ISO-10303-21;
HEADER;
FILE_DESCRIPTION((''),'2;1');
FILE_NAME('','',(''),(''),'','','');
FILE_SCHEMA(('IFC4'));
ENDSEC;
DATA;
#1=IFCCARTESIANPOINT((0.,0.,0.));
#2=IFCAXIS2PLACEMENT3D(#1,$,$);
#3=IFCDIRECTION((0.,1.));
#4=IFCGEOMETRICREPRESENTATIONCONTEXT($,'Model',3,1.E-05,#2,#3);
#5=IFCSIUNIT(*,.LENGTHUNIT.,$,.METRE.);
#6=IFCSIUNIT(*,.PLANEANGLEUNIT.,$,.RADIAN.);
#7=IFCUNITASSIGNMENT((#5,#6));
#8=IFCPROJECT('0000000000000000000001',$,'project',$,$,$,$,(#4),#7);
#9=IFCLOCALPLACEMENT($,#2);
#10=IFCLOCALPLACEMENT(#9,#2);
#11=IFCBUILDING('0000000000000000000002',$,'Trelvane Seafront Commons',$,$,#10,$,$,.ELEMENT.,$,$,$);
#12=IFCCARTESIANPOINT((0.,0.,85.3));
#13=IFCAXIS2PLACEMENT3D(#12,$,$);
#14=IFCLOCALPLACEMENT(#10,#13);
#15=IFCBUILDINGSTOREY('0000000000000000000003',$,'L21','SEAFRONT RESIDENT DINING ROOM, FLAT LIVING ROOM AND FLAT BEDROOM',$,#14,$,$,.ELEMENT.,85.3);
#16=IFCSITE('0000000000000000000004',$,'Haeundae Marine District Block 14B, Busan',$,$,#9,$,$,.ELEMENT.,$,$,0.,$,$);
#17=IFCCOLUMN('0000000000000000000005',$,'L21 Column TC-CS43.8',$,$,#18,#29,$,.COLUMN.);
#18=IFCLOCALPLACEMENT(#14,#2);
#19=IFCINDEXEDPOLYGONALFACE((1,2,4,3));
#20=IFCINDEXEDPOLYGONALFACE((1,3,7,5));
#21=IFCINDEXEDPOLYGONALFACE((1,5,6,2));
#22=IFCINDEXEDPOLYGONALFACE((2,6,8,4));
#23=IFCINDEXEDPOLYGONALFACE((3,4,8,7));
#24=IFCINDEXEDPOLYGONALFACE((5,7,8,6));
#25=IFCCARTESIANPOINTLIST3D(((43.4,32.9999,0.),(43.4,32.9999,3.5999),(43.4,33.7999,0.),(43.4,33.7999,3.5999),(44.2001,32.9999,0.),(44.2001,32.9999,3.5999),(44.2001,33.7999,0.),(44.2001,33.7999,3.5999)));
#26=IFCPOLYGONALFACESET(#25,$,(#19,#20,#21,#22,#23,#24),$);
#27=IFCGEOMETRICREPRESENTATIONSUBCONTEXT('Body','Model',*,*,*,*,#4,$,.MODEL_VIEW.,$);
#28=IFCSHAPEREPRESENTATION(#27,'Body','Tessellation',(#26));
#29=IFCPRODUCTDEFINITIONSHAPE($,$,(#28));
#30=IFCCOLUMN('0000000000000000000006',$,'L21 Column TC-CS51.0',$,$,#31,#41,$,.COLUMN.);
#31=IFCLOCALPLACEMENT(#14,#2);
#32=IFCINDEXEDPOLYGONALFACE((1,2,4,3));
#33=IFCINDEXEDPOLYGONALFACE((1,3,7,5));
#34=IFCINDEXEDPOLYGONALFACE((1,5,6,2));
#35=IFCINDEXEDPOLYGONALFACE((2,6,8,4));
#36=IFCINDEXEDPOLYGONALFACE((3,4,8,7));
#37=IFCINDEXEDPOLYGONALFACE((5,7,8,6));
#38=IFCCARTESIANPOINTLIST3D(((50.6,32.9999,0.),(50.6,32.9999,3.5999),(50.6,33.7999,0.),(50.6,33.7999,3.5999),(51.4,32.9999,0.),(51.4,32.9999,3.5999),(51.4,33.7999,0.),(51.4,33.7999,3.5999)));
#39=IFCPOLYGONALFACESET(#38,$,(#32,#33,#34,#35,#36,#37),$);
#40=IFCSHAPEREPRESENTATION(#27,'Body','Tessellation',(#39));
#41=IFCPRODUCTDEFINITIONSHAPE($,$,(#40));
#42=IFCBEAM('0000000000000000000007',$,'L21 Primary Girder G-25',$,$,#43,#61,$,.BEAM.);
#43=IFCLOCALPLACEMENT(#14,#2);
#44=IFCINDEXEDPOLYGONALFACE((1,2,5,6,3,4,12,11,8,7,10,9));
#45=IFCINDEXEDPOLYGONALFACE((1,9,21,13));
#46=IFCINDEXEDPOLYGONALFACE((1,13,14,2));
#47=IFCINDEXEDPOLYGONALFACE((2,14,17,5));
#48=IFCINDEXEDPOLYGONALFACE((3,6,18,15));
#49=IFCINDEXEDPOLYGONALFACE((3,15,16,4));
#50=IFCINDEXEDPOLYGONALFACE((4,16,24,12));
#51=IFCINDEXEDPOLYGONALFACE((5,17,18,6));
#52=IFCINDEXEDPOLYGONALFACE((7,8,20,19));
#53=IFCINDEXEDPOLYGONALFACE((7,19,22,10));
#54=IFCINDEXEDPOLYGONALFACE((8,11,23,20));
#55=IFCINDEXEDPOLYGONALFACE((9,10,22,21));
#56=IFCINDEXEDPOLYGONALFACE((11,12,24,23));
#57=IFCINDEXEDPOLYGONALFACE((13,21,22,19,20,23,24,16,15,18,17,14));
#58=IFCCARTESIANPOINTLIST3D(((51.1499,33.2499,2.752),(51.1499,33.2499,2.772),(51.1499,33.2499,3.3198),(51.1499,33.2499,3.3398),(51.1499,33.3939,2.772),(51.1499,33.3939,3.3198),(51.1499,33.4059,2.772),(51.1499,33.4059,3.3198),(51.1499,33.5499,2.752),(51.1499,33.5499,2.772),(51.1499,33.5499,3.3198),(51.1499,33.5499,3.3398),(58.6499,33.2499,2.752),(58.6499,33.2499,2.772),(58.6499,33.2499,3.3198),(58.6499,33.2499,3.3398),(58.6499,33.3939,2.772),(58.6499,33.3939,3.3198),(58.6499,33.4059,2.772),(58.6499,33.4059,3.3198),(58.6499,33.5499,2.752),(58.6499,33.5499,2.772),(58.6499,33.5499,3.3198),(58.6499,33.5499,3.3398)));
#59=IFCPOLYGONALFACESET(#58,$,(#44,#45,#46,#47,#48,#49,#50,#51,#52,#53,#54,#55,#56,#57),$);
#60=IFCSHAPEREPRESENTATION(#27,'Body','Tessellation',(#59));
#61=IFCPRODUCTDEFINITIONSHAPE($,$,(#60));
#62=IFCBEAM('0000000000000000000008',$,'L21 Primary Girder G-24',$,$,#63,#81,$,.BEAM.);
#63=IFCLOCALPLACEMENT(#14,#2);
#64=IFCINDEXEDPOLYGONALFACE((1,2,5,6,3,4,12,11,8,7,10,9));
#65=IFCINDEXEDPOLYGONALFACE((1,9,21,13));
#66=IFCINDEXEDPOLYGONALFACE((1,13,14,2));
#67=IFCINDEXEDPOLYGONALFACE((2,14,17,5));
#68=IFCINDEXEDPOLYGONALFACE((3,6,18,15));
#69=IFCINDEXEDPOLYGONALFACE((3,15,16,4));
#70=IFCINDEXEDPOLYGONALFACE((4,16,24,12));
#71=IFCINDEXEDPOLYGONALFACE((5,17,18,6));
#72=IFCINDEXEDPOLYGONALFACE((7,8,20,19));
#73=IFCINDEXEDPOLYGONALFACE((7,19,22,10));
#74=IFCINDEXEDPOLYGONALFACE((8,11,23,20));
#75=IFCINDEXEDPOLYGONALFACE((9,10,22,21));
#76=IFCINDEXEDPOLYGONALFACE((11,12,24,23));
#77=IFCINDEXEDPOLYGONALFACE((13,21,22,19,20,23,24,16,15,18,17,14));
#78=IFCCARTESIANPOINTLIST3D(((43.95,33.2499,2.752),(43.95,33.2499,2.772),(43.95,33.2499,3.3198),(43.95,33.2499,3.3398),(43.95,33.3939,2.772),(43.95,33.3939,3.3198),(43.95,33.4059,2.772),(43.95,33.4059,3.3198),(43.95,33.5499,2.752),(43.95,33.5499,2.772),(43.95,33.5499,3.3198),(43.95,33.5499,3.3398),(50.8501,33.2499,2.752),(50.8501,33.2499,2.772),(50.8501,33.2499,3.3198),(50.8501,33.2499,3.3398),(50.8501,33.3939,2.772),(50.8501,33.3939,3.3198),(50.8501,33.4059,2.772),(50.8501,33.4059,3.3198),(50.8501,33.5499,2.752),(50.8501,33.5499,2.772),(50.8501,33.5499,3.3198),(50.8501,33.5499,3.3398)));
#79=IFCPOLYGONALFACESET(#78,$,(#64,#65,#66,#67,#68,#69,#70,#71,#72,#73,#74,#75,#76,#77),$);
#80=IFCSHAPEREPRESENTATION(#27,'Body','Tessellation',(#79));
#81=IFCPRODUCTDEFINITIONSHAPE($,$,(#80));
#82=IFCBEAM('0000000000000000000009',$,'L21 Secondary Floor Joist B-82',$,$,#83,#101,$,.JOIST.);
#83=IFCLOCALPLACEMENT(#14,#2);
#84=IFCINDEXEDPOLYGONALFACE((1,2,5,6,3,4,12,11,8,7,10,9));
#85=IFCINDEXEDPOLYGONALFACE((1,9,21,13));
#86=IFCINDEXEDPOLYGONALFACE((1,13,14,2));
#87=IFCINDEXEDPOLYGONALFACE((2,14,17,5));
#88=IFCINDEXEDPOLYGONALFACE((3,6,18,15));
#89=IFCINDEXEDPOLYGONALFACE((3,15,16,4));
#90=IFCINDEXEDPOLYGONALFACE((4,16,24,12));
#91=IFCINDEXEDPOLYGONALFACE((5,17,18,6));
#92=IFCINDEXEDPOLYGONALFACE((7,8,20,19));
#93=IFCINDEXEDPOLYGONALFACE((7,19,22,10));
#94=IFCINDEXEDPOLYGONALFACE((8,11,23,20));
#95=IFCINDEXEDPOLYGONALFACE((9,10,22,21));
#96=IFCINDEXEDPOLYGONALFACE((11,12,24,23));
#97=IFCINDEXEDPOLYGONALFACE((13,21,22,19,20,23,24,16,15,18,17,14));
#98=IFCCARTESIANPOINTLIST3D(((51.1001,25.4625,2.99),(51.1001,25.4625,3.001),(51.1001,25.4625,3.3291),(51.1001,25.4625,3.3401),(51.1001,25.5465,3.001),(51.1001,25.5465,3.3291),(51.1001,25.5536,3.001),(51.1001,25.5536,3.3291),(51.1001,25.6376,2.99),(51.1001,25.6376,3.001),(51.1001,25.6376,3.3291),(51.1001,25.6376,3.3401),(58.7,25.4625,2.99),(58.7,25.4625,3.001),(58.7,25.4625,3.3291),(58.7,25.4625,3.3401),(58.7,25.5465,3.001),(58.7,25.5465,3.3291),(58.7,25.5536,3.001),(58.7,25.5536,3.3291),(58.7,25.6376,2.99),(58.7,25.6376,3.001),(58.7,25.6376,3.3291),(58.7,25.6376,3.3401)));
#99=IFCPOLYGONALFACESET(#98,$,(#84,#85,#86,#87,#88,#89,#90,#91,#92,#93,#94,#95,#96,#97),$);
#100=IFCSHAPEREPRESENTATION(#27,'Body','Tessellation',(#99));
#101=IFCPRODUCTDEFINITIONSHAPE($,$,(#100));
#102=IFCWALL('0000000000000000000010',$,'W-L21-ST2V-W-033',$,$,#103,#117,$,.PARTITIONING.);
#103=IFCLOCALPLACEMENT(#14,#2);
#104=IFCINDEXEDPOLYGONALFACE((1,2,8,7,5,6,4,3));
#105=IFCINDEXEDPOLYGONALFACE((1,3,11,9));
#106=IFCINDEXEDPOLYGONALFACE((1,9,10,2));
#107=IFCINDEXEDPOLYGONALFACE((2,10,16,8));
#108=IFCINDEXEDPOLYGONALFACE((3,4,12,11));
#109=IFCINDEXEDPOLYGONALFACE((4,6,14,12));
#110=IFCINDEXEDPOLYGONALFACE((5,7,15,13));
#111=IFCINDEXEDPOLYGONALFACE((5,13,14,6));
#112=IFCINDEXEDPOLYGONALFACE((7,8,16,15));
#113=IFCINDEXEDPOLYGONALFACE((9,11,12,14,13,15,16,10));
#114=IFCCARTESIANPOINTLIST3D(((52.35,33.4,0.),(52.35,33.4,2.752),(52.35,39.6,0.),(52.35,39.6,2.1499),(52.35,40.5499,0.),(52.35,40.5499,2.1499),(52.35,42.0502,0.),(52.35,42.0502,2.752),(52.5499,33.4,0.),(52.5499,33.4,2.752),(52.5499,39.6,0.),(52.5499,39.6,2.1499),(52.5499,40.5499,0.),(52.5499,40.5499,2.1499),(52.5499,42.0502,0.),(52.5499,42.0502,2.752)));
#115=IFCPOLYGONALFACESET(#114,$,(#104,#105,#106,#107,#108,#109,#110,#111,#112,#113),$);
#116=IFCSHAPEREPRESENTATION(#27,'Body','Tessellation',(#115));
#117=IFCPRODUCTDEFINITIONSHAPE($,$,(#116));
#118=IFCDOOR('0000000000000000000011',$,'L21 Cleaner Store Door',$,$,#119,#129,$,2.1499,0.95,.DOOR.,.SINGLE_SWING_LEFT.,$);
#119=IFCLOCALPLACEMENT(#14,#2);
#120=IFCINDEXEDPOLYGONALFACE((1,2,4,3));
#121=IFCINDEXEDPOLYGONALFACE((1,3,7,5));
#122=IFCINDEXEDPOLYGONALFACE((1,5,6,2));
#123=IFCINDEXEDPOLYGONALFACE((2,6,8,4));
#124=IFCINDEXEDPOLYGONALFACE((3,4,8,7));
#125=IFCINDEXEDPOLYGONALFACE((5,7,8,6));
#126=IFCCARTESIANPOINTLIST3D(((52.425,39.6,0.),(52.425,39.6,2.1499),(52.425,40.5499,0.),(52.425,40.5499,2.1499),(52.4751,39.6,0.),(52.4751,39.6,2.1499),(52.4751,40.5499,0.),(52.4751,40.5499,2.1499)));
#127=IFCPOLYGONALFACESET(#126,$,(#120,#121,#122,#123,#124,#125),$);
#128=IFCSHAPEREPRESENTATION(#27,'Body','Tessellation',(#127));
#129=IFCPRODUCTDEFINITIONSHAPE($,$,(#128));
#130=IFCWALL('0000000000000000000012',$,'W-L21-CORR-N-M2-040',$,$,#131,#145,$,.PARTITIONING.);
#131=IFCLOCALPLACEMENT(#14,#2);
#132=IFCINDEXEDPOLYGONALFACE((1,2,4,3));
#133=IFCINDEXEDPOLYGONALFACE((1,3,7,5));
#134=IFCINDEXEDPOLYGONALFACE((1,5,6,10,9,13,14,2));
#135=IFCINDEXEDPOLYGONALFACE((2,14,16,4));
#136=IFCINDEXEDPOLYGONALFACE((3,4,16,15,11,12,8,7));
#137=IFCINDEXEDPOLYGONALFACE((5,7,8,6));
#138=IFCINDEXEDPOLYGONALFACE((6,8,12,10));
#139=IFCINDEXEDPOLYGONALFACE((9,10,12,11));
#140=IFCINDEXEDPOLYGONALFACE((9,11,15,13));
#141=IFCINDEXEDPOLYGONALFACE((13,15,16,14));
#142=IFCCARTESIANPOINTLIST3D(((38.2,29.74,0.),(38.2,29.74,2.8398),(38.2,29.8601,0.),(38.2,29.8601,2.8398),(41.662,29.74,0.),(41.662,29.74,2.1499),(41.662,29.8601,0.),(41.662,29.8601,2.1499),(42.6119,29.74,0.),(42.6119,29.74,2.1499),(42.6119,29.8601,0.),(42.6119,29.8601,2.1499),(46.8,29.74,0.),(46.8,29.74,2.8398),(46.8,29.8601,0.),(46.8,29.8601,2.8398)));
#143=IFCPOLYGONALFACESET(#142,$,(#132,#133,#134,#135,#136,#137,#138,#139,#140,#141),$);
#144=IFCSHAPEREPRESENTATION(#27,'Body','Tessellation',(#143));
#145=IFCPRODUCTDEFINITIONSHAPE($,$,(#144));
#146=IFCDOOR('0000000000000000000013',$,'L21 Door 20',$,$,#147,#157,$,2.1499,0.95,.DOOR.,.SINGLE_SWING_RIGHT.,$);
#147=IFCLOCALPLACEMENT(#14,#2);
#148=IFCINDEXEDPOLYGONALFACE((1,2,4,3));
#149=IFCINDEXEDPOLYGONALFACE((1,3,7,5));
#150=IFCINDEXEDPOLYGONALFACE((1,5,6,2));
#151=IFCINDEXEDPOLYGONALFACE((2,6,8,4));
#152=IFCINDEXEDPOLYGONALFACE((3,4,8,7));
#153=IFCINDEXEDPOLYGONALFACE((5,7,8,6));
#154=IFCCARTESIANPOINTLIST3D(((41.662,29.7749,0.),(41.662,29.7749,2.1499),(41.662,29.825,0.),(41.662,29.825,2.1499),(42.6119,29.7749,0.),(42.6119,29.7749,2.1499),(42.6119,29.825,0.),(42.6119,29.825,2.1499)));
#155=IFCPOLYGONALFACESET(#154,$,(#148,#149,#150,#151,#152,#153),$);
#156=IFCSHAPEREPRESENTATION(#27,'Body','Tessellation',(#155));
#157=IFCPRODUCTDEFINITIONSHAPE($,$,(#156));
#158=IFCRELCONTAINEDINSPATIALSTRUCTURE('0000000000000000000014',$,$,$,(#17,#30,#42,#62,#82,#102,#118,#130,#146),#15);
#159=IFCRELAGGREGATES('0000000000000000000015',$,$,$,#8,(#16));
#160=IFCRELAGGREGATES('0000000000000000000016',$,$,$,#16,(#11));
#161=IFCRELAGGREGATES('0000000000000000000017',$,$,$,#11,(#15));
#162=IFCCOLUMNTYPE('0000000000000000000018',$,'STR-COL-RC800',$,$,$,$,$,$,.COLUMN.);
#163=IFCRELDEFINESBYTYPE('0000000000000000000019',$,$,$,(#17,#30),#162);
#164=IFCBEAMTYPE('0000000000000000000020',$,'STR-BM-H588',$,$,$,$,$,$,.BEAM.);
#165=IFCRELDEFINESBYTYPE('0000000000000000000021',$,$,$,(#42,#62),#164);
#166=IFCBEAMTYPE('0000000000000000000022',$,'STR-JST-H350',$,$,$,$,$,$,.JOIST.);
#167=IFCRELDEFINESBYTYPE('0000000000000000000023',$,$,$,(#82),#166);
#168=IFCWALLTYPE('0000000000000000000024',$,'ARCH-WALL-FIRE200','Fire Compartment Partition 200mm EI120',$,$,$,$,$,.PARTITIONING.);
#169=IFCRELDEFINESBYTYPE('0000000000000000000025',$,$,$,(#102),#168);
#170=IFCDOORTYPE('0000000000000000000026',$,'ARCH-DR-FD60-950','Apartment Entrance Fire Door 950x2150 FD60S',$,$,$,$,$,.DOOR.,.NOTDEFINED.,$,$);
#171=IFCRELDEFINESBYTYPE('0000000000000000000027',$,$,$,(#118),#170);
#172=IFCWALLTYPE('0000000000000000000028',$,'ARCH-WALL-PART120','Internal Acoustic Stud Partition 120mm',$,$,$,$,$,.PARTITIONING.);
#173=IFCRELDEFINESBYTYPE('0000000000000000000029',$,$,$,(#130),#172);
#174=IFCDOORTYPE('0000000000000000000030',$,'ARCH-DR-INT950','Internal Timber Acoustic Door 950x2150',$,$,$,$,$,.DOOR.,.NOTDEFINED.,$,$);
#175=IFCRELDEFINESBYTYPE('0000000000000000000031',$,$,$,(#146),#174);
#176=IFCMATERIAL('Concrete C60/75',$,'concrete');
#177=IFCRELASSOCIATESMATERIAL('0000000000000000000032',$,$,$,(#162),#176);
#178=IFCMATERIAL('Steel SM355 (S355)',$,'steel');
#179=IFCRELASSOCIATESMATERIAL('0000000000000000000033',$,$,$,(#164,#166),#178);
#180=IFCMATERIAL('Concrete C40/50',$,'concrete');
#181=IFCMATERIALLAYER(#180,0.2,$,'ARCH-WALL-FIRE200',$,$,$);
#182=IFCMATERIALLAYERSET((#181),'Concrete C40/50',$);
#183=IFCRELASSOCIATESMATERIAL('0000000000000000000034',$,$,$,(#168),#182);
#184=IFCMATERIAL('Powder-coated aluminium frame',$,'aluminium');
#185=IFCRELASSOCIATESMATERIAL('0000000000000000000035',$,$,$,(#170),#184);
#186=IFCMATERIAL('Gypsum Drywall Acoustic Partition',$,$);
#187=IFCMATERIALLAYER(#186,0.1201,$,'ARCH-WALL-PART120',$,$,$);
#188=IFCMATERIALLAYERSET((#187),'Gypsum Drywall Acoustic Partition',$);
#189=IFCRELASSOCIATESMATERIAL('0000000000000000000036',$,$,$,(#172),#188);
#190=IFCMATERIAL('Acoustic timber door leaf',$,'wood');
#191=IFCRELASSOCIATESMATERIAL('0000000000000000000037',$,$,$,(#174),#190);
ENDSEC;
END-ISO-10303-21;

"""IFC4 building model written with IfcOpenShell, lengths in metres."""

from ifc_helpers import new_model, si_unit, direction, frame, frame_2d, origin, origin_2d, place, context, subcontext, project, spatial, rectangle, i_section, extrude, source, transform, mapped, material, layer, layer_set, material_profile, profile_set, type_object, element, fill, save


model = new_model("IFC4")

# Units and contexts
model_context = context("Model", 3, precision=1e-05, world=origin(), true_north=direction((0.0, 1.0)))
body_context = subcontext(model_context, "Body", "Model", "MODEL_VIEW")
ifc_project = project(units=[si_unit("LENGTHUNIT", "METRE"), si_unit("PLANEANGLEUNIT", "RADIAN")], contexts=[model_context])

# Site, building, storey
site_placement = place(None, origin())
site = spatial("IfcSite", under=ifc_project, at=site_placement, Name="Haeundae Marine District Block 14B, Busan", CompositionType="ELEMENT", RefElevation=0.0)
building_placement = place(site_placement, origin())
building = spatial("IfcBuilding", under=site, at=building_placement, Name="Trelvane Seafront Commons", CompositionType="ELEMENT")
storey_placement = place(building_placement, frame((0.0, 0.0, 85.3)))
storey = spatial("IfcBuildingStorey", under=building, at=storey_placement, Name="L21", Description="SEAFRONT RESIDENT DINING ROOM, FLAT LIVING ROOM AND FLAT BEDROOM", CompositionType="ELEMENT", Elevation=85.3)

# Columns
ifc_material_1 = material(Name="Concrete C60/75", Category="concrete")
ifc_material_profile_1 = material_profile(ifc_material_1, rectangle(XDim=0.8, YDim=0.8, at=origin_2d()), Name="RC-800x800")
ifc_profile_set_1 = profile_set([ifc_material_profile_1], Name="Concrete C60/75")
column_type = type_object("IfcColumnType", Name="STR-COL-RC800", PredefinedType="COLUMN", material=ifc_profile_set_1)
shared_shape_1 = source(origin(), body_context, "Body", "SweptSolid", [
    extrude(rectangle(XDim=0.8, YDim=0.8, at=origin_2d()), origin(), (0.0, 0.0, 1.0), 3.5999),
])
for number, where, z_axis, x_axis, name in (
    (1, (43.8, 33.3999, 0.0), (0.0, 0.0, 1.0), (1.0, 0.0, 0.0), "L21 Column TC-CS43.8"),
    (2, (51.0, 33.3999, 0.0), (0.0, 0.0, 1.0), (1.0, 0.0, 0.0), "L21 Column TC-CS51.0"),
):
    element("IfcColumn", number, at=place(storey_placement, frame(where, z_axis=z_axis, x_axis=x_axis)), inside=storey, type_object=column_type, Name=name, PredefinedType="COLUMN", context=body_context, shape_type="MappedRepresentation", body=[
        mapped(shared_shape_1, transform((0.0, 0.0, 0.0), x_axis=(1.0, 0.0, 0.0), y_axis=(0.0, 1.0, 0.0), z_axis=(0.0, 0.0, 1.0), scale=1.0)),
    ])

# Beams
ifc_material_2 = material(Name="Steel SM355 (S355)", Category="steel")
ifc_material_profile_2 = material_profile(ifc_material_2, i_section(OverallWidth=0.3, OverallDepth=0.5879, WebThickness=0.012, FlangeThickness=0.02, at=origin_2d()), Name="H-588x300x12x20")
ifc_profile_set_2 = profile_set([ifc_material_profile_2], Name="Steel SM355 (S355)")
beam_type_1 = type_object("IfcBeamType", Name="STR-BM-H588", PredefinedType="BEAM", material=ifc_profile_set_2)
shared_shape_2 = source(origin(), body_context, "Body", "SweptSolid", [
    extrude(i_section(OverallWidth=0.3, OverallDepth=0.5879, WebThickness=0.012, FlangeThickness=0.02, at=origin_2d()), origin(), (0.0, 0.0, 1.0), 7.5),
])
beam_1_placement = place(storey_placement, frame((51.1499, 33.3999, 3.0459), z_axis=(1.0, 0.0, 0.0), x_axis=(0.0, 1.0, 0.0)))
element("IfcBeam", 3, at=beam_1_placement, inside=storey, type_object=beam_type_1, Name="L21 Primary Girder G-25", PredefinedType="BEAM", context=body_context, shape_type="MappedRepresentation", body=[
    mapped(shared_shape_2, transform((0.0, 0.0, 0.0), x_axis=(1.0, 0.0, 0.0), y_axis=(0.0, 1.0, 0.0), z_axis=(0.0, 0.0, 1.0), scale=1.0)),
])
shared_shape_3 = source(origin(), body_context, "Body", "SweptSolid", [
    extrude(i_section(OverallWidth=0.3, OverallDepth=0.5879, WebThickness=0.012, FlangeThickness=0.02, at=origin_2d()), origin(), (0.0, 0.0, 1.0), 6.9001),
])
beam_2_placement = place(storey_placement, frame((43.95, 33.3999, 3.0459), z_axis=(1.0, 0.0, 0.0), x_axis=(0.0, 1.0, 0.0)))
element("IfcBeam", 4, at=beam_2_placement, inside=storey, type_object=beam_type_1, Name="L21 Primary Girder G-24", PredefinedType="BEAM", context=body_context, shape_type="MappedRepresentation", body=[
    mapped(shared_shape_3, transform((0.0, 0.0, 0.0), x_axis=(1.0, 0.0, 0.0), y_axis=(0.0, 1.0, 0.0), z_axis=(0.0, 0.0, 1.0), scale=1.0)),
])
ifc_material_profile_3 = material_profile(ifc_material_2, i_section(OverallWidth=0.175, OverallDepth=0.3501, WebThickness=0.0071, FlangeThickness=0.011, at=origin_2d()), Name="H-350x175x7x11")
ifc_profile_set_3 = profile_set([ifc_material_profile_3], Name="Steel SM355 (S355)")
beam_type_2 = type_object("IfcBeamType", Name="STR-JST-H350", PredefinedType="JOIST", material=ifc_profile_set_3)
shared_shape_4 = source(origin(), body_context, "Body", "SweptSolid", [
    extrude(i_section(OverallWidth=0.175, OverallDepth=0.3501, WebThickness=0.0071, FlangeThickness=0.011, at=origin_2d()), origin(), (0.0, 0.0, 1.0), 7.5999),
])
beam_3_placement = place(storey_placement, frame((51.1001, 25.55, 3.165), z_axis=(1.0, 0.0, 0.0), x_axis=(0.0, 1.0, 0.0)))
element("IfcBeam", 5, at=beam_3_placement, inside=storey, type_object=beam_type_2, Name="L21 Secondary Floor Joist B-82", PredefinedType="JOIST", context=body_context, shape_type="MappedRepresentation", body=[
    mapped(shared_shape_4, transform((0.0, 0.0, 0.0), x_axis=(1.0, 0.0, 0.0), y_axis=(0.0, 1.0, 0.0), z_axis=(0.0, 0.0, 1.0), scale=1.0)),
])

# Wall, opening, door
ifc_material_3 = material(Name="Concrete C40/50", Category="concrete")
ifc_layer_1 = layer(ifc_material_3, 0.2, Name="ARCH-WALL-FIRE200")
ifc_layer_set_1 = layer_set([ifc_layer_1], Name="Concrete C40/50")
wall_type_1 = type_object("IfcWallType", Name="ARCH-WALL-FIRE200", Description="Fire Compartment Partition 200mm EI120", PredefinedType="PARTITIONING", material=ifc_layer_set_1)
wall_1_placement = place(storey_placement, frame((52.45, 33.3999, 0.0), z_axis=(0.0, 0.0, 1.0), x_axis=(0.0, 1.0, 0.0)))
wall_1 = element("IfcWall", 6, at=wall_1_placement, inside=storey, type_object=wall_type_1, Name="W-L21-ST2V-W-033", PredefinedType="PARTITIONING", context=body_context, shape_type="SweptSolid", body=[
    extrude(rectangle(XDim=8.6501, YDim=0.2, at=frame_2d((4.3252, 0.0))), origin(), (0.0, 0.0, 1.0), 2.752),
])
opening_1_placement = place(wall_1_placement, frame((6.2, 0.0, 0.0)))
opening_1 = element("IfcOpeningElement", 7, at=opening_1_placement, cuts=wall_1, PredefinedType="OPENING", context=body_context, shape_type="SweptSolid", body=[
    extrude(rectangle(XDim=0.95, YDim=2.1499, at=frame_2d((0.4751, 1.075))), frame((0.0, 0.1099, 0.0), z_axis=(0.0, -1.0, 0.0), x_axis=(1.0, 0.0, 0.0)), (0.0, 0.0, 1.0), 0.22),
])
ifc_material_4 = material(Name="Powder-coated aluminium frame", Category="aluminium")
door_type_1 = type_object("IfcDoorType", Name="ARCH-DR-FD60-950", Description="Apartment Entrance Fire Door 950x2150 FD60S", OperationType="NOTDEFINED", PredefinedType="DOOR", material=ifc_material_4)
shared_shape_5 = source(origin(), body_context, "Body", "SweptSolid", [
    extrude(rectangle(XDim=0.95, YDim=2.1499, at=frame_2d((0.4751, 1.075))), frame((0.0, 0.0249, 0.0), z_axis=(0.0, -1.0, 0.0), x_axis=(1.0, 0.0, 0.0)), (0.0, 0.0, 1.0), 0.05),
])
door_1_placement = place(opening_1_placement, origin())
door_1 = element("IfcDoor", 8, at=door_1_placement, inside=storey, type_object=door_type_1, Name="L21 Cleaner Store Door", OperationType="SINGLE_SWING_LEFT", OverallHeight=2.1499, OverallWidth=0.95, PredefinedType="DOOR", context=body_context, shape_type="MappedRepresentation", body=[
    mapped(shared_shape_5, transform((0.0, 0.0, 0.0), x_axis=(1.0, 0.0, 0.0), y_axis=(0.0, 1.0, 0.0), z_axis=(0.0, 0.0, 1.0), scale=1.0)),
])
fill(opening_1, door_1)

# Wall, opening, door
ifc_material_5 = material(Name="Gypsum Drywall Acoustic Partition")
ifc_layer_2 = layer(ifc_material_5, 0.1201, Name="ARCH-WALL-PART120")
ifc_layer_set_2 = layer_set([ifc_layer_2], Name="Gypsum Drywall Acoustic Partition")
wall_type_2 = type_object("IfcWallType", Name="ARCH-WALL-PART120", Description="Internal Acoustic Stud Partition 120mm", PredefinedType="PARTITIONING", material=ifc_layer_set_2)
wall_2_placement = place(storey_placement, frame((38.2, 29.8, 0.0), z_axis=(0.0, 0.0, 1.0), x_axis=(1.0, 0.0, 0.0)))
wall_2 = element("IfcWall", 9, at=wall_2_placement, inside=storey, type_object=wall_type_2, Name="W-L21-CORR-N-M2-040", PredefinedType="PARTITIONING", context=body_context, shape_type="SweptSolid", body=[
    extrude(rectangle(XDim=8.6001, YDim=0.1201, at=frame_2d((4.3, 0.0))), origin(), (0.0, 0.0, 1.0), 2.8398),
])
opening_2_placement = place(wall_2_placement, frame((3.4619, 0.0, 0.0)))
opening_2 = element("IfcOpeningElement", 10, at=opening_2_placement, cuts=wall_2, PredefinedType="OPENING", context=body_context, shape_type="SweptSolid", body=[
    extrude(rectangle(XDim=0.95, YDim=2.1499, at=frame_2d((0.4751, 1.075))), frame((0.0, 0.0701, 0.0), z_axis=(0.0, -1.0, 0.0), x_axis=(1.0, 0.0, 0.0)), (0.0, 0.0, 1.0), 0.1401),
])
ifc_material_6 = material(Name="Acoustic timber door leaf", Category="wood")
door_type_2 = type_object("IfcDoorType", Name="ARCH-DR-INT950", Description="Internal Timber Acoustic Door 950x2150", OperationType="NOTDEFINED", PredefinedType="DOOR", material=ifc_material_6)
door_2_placement = place(opening_2_placement, origin())
door_2 = element("IfcDoor", 11, at=door_2_placement, inside=storey, type_object=door_type_2, Name="L21 Door 20", OperationType="SINGLE_SWING_RIGHT", OverallHeight=2.1499, OverallWidth=0.95, PredefinedType="DOOR", context=body_context, shape_type="MappedRepresentation", body=[
    mapped(shared_shape_5, transform((0.0, 0.0, 0.0), x_axis=(1.0, 0.0, 0.0), y_axis=(0.0, 1.0, 0.0), z_axis=(0.0, 0.0, 1.0), scale=1.0)),
])
fill(opening_2, door_2)

save(model, "model.ifc")
